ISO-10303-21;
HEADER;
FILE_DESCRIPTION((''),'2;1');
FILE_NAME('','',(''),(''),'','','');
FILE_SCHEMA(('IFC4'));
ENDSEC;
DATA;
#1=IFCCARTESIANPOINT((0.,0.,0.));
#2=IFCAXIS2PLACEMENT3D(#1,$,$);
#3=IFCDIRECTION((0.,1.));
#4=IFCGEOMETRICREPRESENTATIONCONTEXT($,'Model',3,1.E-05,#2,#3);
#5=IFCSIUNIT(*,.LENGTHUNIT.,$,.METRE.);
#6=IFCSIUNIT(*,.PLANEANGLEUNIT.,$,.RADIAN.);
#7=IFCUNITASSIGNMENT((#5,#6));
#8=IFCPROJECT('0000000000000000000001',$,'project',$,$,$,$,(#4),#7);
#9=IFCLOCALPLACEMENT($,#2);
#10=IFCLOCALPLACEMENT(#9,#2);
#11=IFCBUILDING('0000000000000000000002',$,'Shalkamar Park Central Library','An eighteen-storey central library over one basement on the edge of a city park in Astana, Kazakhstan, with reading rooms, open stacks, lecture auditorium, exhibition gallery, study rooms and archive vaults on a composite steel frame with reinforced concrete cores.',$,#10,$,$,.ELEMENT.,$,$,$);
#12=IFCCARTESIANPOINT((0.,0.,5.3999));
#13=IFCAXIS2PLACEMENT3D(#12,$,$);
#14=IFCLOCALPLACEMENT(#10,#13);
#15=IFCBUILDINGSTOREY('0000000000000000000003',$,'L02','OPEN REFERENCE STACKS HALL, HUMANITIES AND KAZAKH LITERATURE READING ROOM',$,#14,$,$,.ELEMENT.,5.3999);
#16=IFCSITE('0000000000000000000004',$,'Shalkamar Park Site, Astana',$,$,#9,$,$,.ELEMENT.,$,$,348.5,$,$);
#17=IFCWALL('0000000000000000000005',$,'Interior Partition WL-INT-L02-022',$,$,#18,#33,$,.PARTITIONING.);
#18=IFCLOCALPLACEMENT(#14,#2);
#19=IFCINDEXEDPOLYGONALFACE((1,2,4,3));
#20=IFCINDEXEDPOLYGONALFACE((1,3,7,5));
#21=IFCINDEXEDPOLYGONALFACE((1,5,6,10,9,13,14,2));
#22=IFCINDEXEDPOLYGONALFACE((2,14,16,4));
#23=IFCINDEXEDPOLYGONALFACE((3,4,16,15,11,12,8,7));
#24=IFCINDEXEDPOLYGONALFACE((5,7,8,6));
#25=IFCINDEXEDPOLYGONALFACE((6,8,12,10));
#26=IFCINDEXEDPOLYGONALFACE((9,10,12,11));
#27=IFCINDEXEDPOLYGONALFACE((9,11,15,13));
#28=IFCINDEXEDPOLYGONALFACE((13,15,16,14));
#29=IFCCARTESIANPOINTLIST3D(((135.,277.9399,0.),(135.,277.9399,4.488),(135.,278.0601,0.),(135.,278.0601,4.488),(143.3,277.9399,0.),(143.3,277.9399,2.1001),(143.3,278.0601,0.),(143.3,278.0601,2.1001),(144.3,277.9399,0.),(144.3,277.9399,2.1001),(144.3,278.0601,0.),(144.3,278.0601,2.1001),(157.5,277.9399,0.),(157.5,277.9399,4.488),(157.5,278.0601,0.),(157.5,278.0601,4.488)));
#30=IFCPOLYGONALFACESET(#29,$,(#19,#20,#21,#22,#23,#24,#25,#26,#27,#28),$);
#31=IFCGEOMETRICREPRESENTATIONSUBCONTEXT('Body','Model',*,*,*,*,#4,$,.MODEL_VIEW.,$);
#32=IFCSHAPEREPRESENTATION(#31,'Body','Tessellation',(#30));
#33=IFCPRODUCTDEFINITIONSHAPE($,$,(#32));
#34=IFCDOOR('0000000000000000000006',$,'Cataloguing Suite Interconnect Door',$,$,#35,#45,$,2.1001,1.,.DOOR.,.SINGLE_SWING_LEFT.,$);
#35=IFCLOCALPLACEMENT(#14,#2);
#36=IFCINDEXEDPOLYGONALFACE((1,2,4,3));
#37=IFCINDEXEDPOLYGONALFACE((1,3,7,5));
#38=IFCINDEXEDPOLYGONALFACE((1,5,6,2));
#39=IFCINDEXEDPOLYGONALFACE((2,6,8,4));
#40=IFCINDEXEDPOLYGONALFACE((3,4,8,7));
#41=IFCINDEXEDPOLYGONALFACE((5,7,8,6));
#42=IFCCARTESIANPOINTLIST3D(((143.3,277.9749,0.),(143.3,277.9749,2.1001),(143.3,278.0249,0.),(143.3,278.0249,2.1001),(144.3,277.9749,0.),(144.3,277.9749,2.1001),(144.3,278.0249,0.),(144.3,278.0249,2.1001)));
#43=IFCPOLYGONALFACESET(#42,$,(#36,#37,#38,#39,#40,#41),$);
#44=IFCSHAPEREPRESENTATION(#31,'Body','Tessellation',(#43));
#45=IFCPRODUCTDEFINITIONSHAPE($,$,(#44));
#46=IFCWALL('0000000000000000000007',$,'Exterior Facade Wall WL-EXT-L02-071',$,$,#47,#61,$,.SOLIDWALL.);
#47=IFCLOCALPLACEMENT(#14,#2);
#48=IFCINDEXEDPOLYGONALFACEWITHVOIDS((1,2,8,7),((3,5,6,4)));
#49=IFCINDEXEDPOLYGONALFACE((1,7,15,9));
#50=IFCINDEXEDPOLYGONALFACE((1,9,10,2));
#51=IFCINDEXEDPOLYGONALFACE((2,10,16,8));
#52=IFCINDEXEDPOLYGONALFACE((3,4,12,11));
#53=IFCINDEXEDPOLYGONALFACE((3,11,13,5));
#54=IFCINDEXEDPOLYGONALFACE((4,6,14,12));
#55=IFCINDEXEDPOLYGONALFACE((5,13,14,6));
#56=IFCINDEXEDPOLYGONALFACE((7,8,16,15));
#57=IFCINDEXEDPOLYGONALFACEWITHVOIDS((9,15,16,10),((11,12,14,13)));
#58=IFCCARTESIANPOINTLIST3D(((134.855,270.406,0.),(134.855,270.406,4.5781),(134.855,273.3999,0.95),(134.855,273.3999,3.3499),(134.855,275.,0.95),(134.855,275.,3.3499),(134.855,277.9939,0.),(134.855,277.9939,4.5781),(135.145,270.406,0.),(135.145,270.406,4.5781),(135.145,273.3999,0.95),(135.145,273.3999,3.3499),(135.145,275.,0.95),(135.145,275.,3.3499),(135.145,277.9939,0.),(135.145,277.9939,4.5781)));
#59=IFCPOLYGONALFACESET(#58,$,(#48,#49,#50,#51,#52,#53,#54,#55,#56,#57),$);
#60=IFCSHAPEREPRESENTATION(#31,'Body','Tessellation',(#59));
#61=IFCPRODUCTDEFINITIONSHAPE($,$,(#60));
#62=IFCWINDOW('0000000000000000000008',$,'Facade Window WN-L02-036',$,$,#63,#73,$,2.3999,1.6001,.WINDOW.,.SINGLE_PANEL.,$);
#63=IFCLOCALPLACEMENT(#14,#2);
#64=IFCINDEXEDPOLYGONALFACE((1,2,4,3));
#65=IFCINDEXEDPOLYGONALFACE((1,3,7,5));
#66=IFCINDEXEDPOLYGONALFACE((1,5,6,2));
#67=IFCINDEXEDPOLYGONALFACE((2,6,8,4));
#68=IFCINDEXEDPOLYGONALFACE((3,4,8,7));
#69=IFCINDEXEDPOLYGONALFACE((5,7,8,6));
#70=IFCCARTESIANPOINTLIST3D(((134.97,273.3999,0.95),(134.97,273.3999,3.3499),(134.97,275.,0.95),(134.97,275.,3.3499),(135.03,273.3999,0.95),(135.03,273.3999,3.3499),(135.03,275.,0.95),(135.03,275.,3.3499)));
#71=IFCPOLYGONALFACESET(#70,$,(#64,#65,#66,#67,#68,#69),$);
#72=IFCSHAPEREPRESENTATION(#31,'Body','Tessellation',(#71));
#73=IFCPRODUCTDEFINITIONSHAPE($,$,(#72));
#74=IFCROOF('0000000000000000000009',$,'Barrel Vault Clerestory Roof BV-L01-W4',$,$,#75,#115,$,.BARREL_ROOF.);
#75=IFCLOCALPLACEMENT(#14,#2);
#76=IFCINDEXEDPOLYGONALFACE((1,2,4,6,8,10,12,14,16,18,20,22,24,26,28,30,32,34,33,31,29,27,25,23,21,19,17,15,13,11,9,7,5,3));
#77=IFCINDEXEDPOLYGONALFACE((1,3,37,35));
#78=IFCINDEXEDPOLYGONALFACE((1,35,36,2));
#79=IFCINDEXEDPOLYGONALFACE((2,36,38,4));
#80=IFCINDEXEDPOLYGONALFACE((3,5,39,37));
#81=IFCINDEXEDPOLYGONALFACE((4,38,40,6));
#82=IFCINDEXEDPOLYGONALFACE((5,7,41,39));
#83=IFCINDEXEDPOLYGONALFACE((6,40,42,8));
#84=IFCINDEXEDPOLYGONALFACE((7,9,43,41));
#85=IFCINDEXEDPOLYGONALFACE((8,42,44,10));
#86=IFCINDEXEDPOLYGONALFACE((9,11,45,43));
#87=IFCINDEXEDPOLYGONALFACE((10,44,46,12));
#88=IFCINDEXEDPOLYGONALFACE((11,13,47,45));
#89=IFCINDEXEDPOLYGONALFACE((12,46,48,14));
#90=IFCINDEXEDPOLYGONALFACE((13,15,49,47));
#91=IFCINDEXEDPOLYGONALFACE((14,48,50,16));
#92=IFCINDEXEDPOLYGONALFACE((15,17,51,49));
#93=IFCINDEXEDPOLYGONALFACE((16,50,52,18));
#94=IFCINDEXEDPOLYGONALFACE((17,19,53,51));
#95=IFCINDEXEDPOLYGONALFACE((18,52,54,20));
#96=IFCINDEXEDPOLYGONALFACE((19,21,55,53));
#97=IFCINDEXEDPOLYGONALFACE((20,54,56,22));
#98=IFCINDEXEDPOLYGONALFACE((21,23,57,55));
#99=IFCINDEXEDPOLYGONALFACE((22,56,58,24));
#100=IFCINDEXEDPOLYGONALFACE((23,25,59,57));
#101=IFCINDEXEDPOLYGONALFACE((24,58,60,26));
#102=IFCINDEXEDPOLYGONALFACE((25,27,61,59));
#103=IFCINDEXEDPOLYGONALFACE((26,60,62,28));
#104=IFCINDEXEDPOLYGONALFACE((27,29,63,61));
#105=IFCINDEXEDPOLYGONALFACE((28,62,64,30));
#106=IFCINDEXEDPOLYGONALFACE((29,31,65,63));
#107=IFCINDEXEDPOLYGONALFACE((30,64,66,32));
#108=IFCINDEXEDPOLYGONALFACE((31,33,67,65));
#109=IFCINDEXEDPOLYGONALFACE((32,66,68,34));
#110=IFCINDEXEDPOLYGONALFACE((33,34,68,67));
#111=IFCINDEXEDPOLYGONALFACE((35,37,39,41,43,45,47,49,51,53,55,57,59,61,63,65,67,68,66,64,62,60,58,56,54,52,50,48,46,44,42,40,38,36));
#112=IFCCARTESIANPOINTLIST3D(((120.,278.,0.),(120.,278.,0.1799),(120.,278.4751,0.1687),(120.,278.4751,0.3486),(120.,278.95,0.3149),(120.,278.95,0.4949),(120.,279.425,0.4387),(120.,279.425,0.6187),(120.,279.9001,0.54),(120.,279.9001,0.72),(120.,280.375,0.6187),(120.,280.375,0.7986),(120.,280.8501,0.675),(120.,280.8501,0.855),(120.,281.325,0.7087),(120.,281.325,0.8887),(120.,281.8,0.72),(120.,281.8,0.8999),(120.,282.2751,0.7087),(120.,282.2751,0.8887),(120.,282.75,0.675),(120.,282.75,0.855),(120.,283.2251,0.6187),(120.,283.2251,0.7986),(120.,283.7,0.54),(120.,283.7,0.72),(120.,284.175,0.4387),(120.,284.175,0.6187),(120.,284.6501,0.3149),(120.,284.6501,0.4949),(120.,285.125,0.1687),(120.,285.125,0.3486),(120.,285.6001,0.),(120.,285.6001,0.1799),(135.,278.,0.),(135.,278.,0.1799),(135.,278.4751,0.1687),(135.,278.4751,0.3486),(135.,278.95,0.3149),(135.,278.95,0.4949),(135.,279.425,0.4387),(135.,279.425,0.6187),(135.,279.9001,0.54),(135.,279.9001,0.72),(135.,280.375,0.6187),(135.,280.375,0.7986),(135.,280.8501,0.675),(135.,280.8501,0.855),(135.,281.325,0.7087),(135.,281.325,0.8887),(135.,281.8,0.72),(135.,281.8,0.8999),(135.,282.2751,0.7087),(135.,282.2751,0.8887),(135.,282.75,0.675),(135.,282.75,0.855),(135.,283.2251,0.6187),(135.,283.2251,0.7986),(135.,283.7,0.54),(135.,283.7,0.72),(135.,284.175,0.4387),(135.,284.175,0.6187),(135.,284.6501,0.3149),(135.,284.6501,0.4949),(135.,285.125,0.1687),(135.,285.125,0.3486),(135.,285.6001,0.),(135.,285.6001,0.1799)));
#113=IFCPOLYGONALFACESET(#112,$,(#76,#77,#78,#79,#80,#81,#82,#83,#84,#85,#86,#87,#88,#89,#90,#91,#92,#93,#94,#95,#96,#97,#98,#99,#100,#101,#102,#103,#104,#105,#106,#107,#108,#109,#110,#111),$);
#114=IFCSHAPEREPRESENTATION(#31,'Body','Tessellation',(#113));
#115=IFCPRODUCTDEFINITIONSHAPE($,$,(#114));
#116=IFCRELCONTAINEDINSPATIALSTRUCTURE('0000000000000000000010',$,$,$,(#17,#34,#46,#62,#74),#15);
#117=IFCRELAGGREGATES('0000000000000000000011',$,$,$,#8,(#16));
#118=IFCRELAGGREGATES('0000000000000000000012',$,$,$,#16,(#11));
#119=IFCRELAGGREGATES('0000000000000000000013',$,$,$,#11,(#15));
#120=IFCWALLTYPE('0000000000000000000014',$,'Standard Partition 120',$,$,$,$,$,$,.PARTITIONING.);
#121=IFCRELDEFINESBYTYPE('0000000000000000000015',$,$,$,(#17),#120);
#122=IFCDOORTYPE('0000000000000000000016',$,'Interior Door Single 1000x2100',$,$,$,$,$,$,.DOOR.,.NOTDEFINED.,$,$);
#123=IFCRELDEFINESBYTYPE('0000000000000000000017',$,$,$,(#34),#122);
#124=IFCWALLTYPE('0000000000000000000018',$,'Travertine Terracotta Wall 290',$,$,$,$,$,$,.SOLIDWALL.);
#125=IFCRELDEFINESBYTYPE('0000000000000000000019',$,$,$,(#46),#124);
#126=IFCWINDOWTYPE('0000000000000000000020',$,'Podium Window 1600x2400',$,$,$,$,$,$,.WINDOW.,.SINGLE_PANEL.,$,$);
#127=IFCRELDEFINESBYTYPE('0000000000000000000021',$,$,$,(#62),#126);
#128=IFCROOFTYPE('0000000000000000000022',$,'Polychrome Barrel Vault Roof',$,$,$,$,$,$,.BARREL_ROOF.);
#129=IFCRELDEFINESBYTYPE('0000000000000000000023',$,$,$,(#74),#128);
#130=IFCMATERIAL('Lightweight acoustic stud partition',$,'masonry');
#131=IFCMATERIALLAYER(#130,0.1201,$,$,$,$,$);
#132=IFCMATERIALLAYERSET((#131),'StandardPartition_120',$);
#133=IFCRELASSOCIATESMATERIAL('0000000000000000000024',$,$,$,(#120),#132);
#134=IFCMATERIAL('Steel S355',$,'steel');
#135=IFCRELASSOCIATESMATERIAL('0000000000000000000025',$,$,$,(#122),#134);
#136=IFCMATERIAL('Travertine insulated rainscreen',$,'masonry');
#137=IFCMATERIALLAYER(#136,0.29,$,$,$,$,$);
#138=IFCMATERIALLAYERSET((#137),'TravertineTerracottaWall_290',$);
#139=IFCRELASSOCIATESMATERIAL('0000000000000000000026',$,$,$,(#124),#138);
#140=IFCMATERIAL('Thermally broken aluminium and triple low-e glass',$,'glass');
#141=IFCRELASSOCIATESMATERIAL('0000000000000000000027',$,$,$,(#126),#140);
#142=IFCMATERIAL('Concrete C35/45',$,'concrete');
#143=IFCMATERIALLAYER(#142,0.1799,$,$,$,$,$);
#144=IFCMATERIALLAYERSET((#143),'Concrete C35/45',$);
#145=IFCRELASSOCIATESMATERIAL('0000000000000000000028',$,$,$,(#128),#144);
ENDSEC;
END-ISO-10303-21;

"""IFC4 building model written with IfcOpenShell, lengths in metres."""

from ifc_helpers import new_model, si_unit, direction, frame, frame_2d, origin, place, context, subcontext, project, spatial, polyline, rectangle, outline, extrude, material, layer, layer_set, type_object, element, fill, save


model = new_model("IFC4")

# Units and contexts
model_context = context("Model", 3, precision=1e-05, world=origin(), true_north=direction((0.0, 1.0)))
body_context = subcontext(model_context, "Body", "Model", "MODEL_VIEW")
ifc_project = project(units=[si_unit("LENGTHUNIT", "METRE"), si_unit("PLANEANGLEUNIT", "RADIAN")], contexts=[model_context])

# Site, building, storey
site_placement = place(None, origin())
site = spatial("IfcSite", under=ifc_project, at=site_placement, Name="Shalkamar Park Site, Astana", CompositionType="ELEMENT", RefElevation=348.5)
building_placement = place(site_placement, origin())
building = spatial("IfcBuilding", under=site, at=building_placement, Name="Shalkamar Park Central Library", Description="An eighteen-storey central library over one basement on the edge of a city park in Astana, Kazakhstan, with reading rooms, open stacks, lecture auditorium, exhibition gallery, study rooms and archive vaults on a composite steel frame with reinforced concrete cores.", CompositionType="ELEMENT")
storey_placement = place(building_placement, frame((0.0, 0.0, 5.3999)))
storey = spatial("IfcBuildingStorey", under=building, at=storey_placement, Name="L02", Description="OPEN REFERENCE STACKS HALL, HUMANITIES AND KAZAKH LITERATURE READING ROOM", CompositionType="ELEMENT", Elevation=5.3999)

# Shared definitions
ifc_material_1 = material(Name="Steel S355", Category="steel")

# Wall, opening, door
ifc_material_2 = material(Name="Lightweight acoustic stud partition", Category="masonry")
ifc_layer_1 = layer(ifc_material_2, 0.1201)
ifc_layer_set_1 = layer_set([ifc_layer_1], Name="StandardPartition_120")
wall_type_1 = type_object("IfcWallType", Name="Standard Partition 120", PredefinedType="PARTITIONING", material=ifc_layer_set_1)
wall_1_placement = place(storey_placement, frame((135.0, 278.0, 0.0), z_axis=(0.0, 0.0, 1.0), x_axis=(1.0, 0.0, 0.0)))
wall_1 = element("IfcWall", 1, at=wall_1_placement, inside=storey, type_object=wall_type_1, Name="Interior Partition WL-INT-L02-022", PredefinedType="PARTITIONING", context=body_context, shape_type="SweptSolid", body=[
    extrude(rectangle(XDim=22.5, YDim=0.1201, at=frame_2d((11.25, 0.0))), origin(), (0.0, 0.0, 1.0), 4.488),
])
opening_1_placement = place(wall_1_placement, frame((8.3, 0.0, 0.0)))
opening_1 = element("IfcOpeningElement", 2, at=opening_1_placement, cuts=wall_1, PredefinedType="OPENING", context=body_context, shape_type="SweptSolid", body=[
    extrude(rectangle(XDim=1.0, YDim=2.1001, at=frame_2d((0.5, 1.05))), frame((0.0, 0.075, 0.0), z_axis=(0.0, -1.0, 0.0), x_axis=(1.0, 0.0, 0.0)), (0.0, 0.0, 1.0), 0.1499),
])
door_type = type_object("IfcDoorType", Name="Interior Door Single 1000x2100", OperationType="NOTDEFINED", PredefinedType="DOOR", material=ifc_material_1)
door_placement = place(opening_1_placement, origin())
door = element("IfcDoor", 3, at=door_placement, inside=storey, type_object=door_type, Name="Cataloguing Suite Interconnect Door", OperationType="SINGLE_SWING_LEFT", OverallHeight=2.1001, OverallWidth=1.0, PredefinedType="DOOR", context=body_context, shape_type="SweptSolid", body=[
    extrude(rectangle(XDim=1.0, YDim=2.1001, at=frame_2d((0.5, 1.05))), frame((0.0, 0.0249, 0.0), z_axis=(0.0, -1.0, 0.0), x_axis=(1.0, 0.0, 0.0)), (0.0, 0.0, 1.0), 0.05),
])
fill(opening_1, door)

# Wall, opening, window
ifc_material_3 = material(Name="Travertine insulated rainscreen", Category="masonry")
ifc_layer_2 = layer(ifc_material_3, 0.29)
ifc_layer_set_2 = layer_set([ifc_layer_2], Name="TravertineTerracottaWall_290")
wall_type_2 = type_object("IfcWallType", Name="Travertine Terracotta Wall 290", PredefinedType="SOLIDWALL", material=ifc_layer_set_2)
wall_2_placement = place(storey_placement, frame((135.0, 270.406, 0.0), z_axis=(0.0, 0.0, 1.0), x_axis=(0.0, 1.0, 0.0)))
wall_2 = element("IfcWall", 4, at=wall_2_placement, inside=storey, type_object=wall_type_2, Name="Exterior Facade Wall WL-EXT-L02-071", PredefinedType="SOLIDWALL", context=body_context, shape_type="SweptSolid", body=[
    extrude(rectangle(XDim=7.5879, YDim=0.29, at=frame_2d((3.7939, 0.0))), origin(), (0.0, 0.0, 1.0), 4.5781),
])
opening_2_placement = place(wall_2_placement, frame((2.9939, 0.0, 0.95)))
opening_2 = element("IfcOpeningElement", 5, at=opening_2_placement, cuts=wall_2, PredefinedType="OPENING", context=body_context, shape_type="SweptSolid", body=[
    extrude(rectangle(XDim=1.6001, YDim=2.3999, at=frame_2d((0.8, 1.2))), frame((0.0, 0.1599, 0.0), z_axis=(0.0, -1.0, 0.0), x_axis=(1.0, 0.0, 0.0)), (0.0, 0.0, 1.0), 0.3198),
])
ifc_material_4 = material(Name="Thermally broken aluminium and triple low-e glass", Category="glass")
window_type = type_object("IfcWindowType", Name="Podium Window 1600x2400", PartitioningType="SINGLE_PANEL", PredefinedType="WINDOW", material=ifc_material_4)
window_placement = place(opening_2_placement, origin())
window = element("IfcWindow", 6, at=window_placement, inside=storey, type_object=window_type, Name="Facade Window WN-L02-036", OverallHeight=2.3999, OverallWidth=1.6001, PartitioningType="SINGLE_PANEL", PredefinedType="WINDOW", context=body_context, shape_type="SweptSolid", body=[
    extrude(rectangle(XDim=1.6001, YDim=2.3999, at=frame_2d((0.8, 1.2))), frame((0.0, 0.03, 0.0), z_axis=(0.0, -1.0, 0.0), x_axis=(1.0, 0.0, 0.0)), (0.0, 0.0, 1.0), 0.0601),
])
fill(opening_2, window)

# Roof
ifc_material_5 = material(Name="Concrete C35/45", Category="concrete")
ifc_layer_3 = layer(ifc_material_5, 0.1799)
ifc_layer_set_3 = layer_set([ifc_layer_3], Name="Concrete C35/45")
roof_type = type_object("IfcRoofType", Name="Polychrome Barrel Vault Roof", PredefinedType="BARREL_ROOF", material=ifc_layer_set_3)
roof_placement = place(storey_placement, frame((120.0, 281.8, 0.0), z_axis=(0.0, 0.0, 1.0), x_axis=(1.0, 0.0, 0.0)))
element("IfcRoof", 7, at=roof_placement, inside=storey, type_object=roof_type, Name="Barrel Vault Clerestory Roof BV-L01-W4", PredefinedType="BARREL_ROOF", context=body_context, shape_type="SweptSolid", body=[
    extrude(outline(polyline([(-3.8, 0.1799), (-3.325, 0.3486), (-2.8501, 0.4949), (-2.375, 0.6187), (-1.8999, 0.72), (-1.425, 0.7986), (-0.95, 0.855), (-0.4751, 0.8887), (0.0, 0.8999), (0.4751, 0.8887), (0.95, 0.855), (1.425, 0.7986), (1.8999, 0.72), (2.375, 0.6187), (2.8501, 0.4949), (3.325, 0.3486), (3.8, 0.1799), (3.8, 0.0), (3.325, 0.1687), (2.8501, 0.3149), (2.375, 0.4387), (1.8999, 0.54), (1.425, 0.6187), (0.95, 0.675), (0.4751, 0.7087), (0.0, 0.72), (-0.4751, 0.7087), (-0.95, 0.675), (-1.425, 0.6187), (-1.8999, 0.54), (-2.375, 0.4387), (-2.8501, 0.3149), (-3.325, 0.1687), (-3.8, 0.0), (-3.8, 0.1799)])), frame((0.0, 0.0, 0.0), z_axis=(1.0, 0.0, 0.0), x_axis=(0.0, 1.0, 0.0)), (0.0, 0.0, 1.0), 15.0),
])

save(model, "model.ifc")
